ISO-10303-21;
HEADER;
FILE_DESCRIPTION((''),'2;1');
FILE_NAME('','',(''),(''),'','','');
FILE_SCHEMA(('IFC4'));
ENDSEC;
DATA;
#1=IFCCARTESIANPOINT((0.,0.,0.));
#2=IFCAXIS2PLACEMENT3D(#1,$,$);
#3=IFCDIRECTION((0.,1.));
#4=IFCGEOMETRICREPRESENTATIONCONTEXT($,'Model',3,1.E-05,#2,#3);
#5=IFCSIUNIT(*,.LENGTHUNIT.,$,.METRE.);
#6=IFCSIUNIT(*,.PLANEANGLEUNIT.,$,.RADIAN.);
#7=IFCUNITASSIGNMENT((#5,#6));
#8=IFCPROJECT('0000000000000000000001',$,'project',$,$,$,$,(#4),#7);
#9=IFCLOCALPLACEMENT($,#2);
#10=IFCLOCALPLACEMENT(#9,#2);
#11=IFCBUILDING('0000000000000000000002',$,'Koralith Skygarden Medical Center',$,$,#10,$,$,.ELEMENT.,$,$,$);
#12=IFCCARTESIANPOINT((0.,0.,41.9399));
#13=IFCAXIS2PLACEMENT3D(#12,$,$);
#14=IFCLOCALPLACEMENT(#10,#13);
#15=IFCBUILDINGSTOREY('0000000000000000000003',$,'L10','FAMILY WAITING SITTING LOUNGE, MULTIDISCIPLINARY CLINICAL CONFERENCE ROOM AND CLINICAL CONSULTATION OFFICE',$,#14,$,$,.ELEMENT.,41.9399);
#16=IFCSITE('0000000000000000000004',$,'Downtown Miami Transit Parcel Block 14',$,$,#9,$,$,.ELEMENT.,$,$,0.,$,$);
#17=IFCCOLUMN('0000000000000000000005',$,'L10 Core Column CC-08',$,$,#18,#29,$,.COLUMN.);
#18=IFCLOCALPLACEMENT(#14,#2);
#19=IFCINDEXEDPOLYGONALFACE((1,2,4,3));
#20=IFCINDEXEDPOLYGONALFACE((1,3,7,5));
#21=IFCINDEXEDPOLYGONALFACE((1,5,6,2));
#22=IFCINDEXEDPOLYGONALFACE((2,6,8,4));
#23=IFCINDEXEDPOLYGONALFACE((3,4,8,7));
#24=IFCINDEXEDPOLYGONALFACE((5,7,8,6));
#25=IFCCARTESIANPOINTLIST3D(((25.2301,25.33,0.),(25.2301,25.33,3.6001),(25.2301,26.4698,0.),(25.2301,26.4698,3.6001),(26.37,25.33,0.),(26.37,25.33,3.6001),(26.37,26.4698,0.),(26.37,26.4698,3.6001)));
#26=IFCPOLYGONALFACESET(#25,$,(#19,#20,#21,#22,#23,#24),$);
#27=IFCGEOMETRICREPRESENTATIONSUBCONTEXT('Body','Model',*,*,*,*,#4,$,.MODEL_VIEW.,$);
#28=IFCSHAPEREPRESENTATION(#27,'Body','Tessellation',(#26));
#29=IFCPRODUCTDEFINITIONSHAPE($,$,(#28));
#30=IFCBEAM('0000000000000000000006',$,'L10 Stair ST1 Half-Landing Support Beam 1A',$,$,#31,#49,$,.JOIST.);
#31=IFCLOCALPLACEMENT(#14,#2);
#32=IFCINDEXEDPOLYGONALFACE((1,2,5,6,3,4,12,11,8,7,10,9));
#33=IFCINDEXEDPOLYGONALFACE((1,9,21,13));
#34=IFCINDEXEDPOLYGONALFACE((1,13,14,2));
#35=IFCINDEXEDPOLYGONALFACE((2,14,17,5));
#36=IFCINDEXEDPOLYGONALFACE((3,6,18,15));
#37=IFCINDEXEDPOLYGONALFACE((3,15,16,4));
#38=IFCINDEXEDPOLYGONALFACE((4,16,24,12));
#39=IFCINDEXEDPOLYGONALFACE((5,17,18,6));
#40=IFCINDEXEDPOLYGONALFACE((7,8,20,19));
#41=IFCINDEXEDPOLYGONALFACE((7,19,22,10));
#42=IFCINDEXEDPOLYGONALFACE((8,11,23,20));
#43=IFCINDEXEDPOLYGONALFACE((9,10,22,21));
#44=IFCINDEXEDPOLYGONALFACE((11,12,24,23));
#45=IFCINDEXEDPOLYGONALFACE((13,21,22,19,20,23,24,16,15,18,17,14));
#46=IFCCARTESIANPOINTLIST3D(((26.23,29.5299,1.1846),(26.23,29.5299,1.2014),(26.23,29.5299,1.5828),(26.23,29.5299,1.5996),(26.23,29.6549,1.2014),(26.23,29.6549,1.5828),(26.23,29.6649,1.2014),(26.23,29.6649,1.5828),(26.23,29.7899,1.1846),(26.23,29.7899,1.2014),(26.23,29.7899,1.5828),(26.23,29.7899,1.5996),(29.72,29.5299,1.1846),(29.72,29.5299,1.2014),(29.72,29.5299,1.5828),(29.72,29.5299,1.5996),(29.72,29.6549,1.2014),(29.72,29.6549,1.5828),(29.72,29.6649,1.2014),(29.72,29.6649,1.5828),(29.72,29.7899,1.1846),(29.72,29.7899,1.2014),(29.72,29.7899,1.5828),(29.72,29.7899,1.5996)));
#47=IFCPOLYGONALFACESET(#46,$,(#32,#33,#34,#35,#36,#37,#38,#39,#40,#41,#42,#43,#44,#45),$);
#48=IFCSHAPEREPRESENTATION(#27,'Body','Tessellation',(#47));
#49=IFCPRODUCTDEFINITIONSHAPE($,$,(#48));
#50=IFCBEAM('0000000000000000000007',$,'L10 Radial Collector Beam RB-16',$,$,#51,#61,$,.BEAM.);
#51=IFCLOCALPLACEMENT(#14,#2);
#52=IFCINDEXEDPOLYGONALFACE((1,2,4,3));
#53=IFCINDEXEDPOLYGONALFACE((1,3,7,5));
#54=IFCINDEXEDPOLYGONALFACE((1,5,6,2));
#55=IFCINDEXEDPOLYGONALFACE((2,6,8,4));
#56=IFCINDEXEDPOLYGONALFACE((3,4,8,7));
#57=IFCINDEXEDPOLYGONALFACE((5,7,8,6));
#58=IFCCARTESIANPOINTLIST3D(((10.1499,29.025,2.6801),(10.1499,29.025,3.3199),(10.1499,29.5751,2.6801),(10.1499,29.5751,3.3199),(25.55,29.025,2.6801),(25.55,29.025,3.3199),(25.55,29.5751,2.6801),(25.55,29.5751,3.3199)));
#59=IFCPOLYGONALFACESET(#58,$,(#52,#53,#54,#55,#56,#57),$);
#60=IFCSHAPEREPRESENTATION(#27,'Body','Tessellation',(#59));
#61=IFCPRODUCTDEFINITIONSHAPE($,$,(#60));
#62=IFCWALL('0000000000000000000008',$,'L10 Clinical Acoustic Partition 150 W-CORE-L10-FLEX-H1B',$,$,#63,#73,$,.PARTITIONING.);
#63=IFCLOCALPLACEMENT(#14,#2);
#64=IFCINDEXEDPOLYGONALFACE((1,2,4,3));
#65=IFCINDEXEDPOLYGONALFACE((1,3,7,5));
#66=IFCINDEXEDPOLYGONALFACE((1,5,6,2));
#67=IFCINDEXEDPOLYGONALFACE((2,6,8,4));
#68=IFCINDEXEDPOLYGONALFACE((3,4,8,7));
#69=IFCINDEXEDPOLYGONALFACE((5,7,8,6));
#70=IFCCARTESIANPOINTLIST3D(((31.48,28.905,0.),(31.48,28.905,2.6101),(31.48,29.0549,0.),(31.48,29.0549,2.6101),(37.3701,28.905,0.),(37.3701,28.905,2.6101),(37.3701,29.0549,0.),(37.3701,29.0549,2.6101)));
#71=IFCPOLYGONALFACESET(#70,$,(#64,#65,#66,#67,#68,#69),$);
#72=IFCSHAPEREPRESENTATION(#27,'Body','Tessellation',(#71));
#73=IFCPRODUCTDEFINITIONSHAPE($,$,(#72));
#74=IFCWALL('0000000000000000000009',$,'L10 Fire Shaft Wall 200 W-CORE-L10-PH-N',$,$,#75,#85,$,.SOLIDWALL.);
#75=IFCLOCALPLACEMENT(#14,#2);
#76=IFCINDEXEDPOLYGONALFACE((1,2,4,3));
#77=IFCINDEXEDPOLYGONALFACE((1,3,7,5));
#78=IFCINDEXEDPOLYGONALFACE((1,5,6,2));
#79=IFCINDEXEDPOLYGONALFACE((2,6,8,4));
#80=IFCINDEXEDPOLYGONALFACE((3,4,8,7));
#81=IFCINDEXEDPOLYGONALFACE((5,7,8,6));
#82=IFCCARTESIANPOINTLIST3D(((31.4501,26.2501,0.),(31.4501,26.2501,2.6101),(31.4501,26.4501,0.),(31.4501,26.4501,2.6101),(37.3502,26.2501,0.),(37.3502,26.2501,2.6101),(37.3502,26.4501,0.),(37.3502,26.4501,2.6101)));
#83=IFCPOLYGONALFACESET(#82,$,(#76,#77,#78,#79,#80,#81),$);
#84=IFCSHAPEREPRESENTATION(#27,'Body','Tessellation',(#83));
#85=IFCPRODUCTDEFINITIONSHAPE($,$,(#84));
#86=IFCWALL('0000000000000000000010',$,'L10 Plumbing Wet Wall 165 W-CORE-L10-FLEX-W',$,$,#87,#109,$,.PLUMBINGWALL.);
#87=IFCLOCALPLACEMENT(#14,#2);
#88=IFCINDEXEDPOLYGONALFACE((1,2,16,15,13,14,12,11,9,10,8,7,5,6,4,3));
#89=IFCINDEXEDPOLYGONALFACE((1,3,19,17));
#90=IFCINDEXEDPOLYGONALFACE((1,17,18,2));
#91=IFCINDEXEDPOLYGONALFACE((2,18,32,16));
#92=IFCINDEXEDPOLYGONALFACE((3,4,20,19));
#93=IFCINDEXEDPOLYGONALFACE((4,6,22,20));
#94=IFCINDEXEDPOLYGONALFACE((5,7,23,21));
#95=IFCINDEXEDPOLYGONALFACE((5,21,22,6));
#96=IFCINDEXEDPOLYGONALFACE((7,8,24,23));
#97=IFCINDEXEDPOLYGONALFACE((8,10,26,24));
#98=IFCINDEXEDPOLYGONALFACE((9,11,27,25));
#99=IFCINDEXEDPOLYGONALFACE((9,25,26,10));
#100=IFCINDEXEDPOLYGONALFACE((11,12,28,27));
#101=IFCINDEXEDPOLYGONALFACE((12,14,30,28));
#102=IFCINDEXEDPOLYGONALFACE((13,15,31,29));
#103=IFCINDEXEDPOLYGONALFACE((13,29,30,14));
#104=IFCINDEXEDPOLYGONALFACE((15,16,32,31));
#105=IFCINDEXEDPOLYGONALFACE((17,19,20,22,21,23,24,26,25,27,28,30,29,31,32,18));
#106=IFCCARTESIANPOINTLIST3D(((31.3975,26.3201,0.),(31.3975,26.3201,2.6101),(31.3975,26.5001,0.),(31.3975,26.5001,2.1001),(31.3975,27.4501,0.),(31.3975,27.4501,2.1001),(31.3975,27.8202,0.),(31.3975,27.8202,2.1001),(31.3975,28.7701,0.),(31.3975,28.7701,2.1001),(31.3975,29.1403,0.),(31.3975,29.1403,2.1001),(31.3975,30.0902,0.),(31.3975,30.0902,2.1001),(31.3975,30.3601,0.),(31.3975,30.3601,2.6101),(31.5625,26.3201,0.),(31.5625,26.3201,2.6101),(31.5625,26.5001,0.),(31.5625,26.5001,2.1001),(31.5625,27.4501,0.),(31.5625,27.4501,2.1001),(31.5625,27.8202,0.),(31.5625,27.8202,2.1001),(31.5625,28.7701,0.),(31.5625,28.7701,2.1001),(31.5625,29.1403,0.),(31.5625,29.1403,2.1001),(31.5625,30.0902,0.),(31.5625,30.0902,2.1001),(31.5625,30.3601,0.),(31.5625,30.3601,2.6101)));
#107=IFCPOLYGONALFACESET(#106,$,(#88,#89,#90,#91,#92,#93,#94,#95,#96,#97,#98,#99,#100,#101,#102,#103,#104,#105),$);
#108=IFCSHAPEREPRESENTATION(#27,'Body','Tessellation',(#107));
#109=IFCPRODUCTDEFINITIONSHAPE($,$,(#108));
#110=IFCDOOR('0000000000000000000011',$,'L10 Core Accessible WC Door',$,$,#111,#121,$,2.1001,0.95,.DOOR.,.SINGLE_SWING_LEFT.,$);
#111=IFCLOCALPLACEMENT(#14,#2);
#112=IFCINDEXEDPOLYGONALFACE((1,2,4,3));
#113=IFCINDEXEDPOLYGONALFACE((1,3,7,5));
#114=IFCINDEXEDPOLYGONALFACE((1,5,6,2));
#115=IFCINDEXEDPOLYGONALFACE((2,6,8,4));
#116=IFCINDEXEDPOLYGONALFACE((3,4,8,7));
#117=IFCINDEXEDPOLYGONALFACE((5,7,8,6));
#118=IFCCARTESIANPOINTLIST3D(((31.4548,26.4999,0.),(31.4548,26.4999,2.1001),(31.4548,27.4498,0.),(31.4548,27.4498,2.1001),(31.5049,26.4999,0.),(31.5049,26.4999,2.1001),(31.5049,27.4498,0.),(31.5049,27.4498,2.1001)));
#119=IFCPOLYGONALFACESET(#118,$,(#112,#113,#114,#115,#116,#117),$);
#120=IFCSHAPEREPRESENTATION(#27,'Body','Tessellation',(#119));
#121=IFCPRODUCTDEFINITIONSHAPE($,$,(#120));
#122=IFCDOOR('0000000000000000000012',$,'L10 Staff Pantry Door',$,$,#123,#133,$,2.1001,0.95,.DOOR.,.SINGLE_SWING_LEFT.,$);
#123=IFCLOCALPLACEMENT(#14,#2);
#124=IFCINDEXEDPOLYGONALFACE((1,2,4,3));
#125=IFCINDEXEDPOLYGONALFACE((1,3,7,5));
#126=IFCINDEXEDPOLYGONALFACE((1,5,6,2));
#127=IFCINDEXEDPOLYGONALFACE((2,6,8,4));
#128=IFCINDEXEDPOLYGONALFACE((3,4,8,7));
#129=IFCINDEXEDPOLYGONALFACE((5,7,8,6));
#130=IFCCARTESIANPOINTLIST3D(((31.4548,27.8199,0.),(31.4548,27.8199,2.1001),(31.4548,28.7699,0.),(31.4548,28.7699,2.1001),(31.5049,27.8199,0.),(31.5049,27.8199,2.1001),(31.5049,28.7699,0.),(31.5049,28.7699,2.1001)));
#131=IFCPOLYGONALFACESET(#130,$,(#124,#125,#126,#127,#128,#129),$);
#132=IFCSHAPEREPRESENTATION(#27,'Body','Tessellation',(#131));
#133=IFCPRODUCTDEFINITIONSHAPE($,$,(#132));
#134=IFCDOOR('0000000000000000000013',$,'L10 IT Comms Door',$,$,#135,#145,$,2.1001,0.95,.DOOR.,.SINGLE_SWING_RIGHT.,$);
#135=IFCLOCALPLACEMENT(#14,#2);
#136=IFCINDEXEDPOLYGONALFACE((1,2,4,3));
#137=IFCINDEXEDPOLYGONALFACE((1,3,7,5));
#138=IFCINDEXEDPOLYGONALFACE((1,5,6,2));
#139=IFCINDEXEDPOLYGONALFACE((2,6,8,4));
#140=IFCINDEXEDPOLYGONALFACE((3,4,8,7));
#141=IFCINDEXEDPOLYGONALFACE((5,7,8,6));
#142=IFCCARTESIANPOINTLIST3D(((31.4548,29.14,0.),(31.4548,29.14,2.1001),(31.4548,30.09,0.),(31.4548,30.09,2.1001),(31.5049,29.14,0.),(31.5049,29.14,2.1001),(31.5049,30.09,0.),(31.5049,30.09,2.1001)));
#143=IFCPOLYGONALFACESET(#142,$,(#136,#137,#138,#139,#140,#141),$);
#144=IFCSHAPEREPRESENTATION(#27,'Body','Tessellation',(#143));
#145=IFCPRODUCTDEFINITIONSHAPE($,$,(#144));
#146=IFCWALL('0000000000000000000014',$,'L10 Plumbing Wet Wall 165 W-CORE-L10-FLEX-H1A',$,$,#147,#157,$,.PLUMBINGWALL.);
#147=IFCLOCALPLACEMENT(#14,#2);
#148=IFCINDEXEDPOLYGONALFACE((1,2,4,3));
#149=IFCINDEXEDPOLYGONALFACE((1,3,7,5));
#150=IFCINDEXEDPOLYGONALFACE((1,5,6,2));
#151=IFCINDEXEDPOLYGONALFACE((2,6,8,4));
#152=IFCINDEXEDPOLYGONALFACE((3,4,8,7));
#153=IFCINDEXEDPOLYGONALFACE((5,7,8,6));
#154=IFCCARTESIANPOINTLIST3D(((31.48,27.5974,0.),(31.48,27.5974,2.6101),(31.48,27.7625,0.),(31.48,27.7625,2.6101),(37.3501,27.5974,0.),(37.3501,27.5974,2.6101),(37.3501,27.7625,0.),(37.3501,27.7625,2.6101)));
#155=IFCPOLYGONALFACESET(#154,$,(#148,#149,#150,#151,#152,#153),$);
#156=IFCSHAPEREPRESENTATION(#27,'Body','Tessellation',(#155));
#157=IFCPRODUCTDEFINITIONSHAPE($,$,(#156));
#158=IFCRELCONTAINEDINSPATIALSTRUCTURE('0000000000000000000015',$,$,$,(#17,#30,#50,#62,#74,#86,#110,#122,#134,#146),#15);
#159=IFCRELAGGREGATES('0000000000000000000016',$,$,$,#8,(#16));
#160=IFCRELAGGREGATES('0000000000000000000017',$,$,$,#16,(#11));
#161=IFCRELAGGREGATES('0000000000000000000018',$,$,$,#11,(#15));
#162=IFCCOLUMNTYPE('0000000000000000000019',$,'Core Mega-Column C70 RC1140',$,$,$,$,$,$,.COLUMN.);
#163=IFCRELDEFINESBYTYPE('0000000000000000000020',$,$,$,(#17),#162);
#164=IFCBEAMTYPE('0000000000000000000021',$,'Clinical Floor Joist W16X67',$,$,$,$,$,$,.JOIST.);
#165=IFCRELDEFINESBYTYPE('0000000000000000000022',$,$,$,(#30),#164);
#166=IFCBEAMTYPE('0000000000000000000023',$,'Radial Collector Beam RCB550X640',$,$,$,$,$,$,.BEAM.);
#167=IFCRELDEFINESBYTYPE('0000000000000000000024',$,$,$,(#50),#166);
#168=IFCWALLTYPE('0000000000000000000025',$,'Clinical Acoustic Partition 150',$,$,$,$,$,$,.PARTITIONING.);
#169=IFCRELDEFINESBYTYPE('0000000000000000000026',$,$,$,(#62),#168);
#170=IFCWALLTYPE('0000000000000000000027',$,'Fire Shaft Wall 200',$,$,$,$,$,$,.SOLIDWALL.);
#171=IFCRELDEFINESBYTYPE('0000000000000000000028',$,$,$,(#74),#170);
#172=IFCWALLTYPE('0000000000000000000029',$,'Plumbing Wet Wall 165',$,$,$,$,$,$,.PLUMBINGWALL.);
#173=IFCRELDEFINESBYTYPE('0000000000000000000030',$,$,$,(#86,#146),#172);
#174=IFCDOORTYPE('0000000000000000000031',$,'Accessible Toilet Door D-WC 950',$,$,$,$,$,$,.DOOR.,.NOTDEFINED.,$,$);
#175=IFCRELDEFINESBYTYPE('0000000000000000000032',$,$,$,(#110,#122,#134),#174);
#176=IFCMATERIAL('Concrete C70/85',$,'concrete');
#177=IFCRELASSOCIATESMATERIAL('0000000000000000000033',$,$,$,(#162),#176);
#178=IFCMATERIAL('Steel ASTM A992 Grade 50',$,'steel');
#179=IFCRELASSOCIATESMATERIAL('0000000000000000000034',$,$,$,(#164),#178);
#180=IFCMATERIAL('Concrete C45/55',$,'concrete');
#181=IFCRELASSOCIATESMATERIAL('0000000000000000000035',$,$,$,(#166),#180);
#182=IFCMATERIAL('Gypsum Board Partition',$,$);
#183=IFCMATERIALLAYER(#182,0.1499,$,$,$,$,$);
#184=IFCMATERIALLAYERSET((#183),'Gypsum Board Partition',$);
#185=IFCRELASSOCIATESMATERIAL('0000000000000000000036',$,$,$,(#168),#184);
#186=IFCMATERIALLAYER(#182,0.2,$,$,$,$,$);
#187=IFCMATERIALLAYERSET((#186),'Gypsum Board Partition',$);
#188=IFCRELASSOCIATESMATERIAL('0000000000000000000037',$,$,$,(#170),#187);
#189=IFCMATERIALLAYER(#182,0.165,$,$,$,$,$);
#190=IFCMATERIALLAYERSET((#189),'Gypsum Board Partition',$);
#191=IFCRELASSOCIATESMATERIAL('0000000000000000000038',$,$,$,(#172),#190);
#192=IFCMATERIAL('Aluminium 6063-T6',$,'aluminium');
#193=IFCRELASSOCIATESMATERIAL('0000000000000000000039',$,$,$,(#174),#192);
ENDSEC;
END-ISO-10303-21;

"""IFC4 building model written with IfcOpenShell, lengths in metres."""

from ifc_helpers import new_model, si_unit, direction, frame, frame_2d, origin, origin_2d, place, context, subcontext, project, spatial, rectangle, i_section, extrude, material, layer, layer_set, material_profile, profile_set, type_object, element, fill, save


model = new_model("IFC4")

# Units and contexts
model_context = context("Model", 3, precision=1e-05, world=origin(), true_north=direction((0.0, 1.0)))
body_context = subcontext(model_context, "Body", "Model", "MODEL_VIEW")
ifc_project = project(units=[si_unit("LENGTHUNIT", "METRE"), si_unit("PLANEANGLEUNIT", "RADIAN")], contexts=[model_context])

# Site, building, storey
site_placement = place(None, origin())
site = spatial("IfcSite", under=ifc_project, at=site_placement, Name="Downtown Miami Transit Parcel Block 14", CompositionType="ELEMENT", RefElevation=0.0)
building_placement = place(site_placement, origin())
building = spatial("IfcBuilding", under=site, at=building_placement, Name="Koralith Skygarden Medical Center", CompositionType="ELEMENT")
storey_placement = place(building_placement, frame((0.0, 0.0, 41.9399)))
storey = spatial("IfcBuildingStorey", under=building, at=storey_placement, Name="L10", Description="FAMILY WAITING SITTING LOUNGE, MULTIDISCIPLINARY CLINICAL CONFERENCE ROOM AND CLINICAL CONSULTATION OFFICE", CompositionType="ELEMENT", Elevation=41.9399)

# Column
ifc_material_1 = material(Name="Concrete C70/85", Category="concrete")
ifc_material_profile_1 = material_profile(ifc_material_1, rectangle(XDim=1.1399, YDim=1.1399, at=origin_2d()), Name="RC1140X1140")
ifc_profile_set_1 = profile_set([ifc_material_profile_1], Name="Concrete C70/85")
column_type = type_object("IfcColumnType", Name="Core Mega-Column C70 RC1140", PredefinedType="COLUMN", material=ifc_profile_set_1)
column_placement = place(storey_placement, frame((25.8, 25.8999, 0.0), z_axis=(0.0, 0.0, 1.0), x_axis=(1.0, 0.0, 0.0)))
element("IfcColumn", 1, at=column_placement, inside=storey, type_object=column_type, Name="L10 Core Column CC-08", PredefinedType="COLUMN", context=body_context, shape_type="SweptSolid", body=[
    extrude(rectangle(XDim=1.1399, YDim=1.1399, at=origin_2d()), origin(), (0.0, 0.0, 1.0), 3.6001),
])

# Beams
ifc_material_2 = material(Name="Steel ASTM A992 Grade 50", Category="steel")
ifc_material_profile_2 = material_profile(ifc_material_2, i_section(OverallWidth=0.26, OverallDepth=0.415, WebThickness=0.01, FlangeThickness=0.0168, at=origin_2d()), Name="W16X67")
ifc_profile_set_2 = profile_set([ifc_material_profile_2], Name="Steel ASTM A992 Grade 50")
beam_type_1 = type_object("IfcBeamType", Name="Clinical Floor Joist W16X67", PredefinedType="JOIST", material=ifc_profile_set_2)
beam_1_placement = place(storey_placement, frame((26.23, 29.6599, 1.3921), z_axis=(1.0, 0.0, 0.0), x_axis=(0.0, 1.0, 0.0)))
element("IfcBeam", 2, at=beam_1_placement, inside=storey, type_object=beam_type_1, Name="L10 Stair ST1 Half-Landing Support Beam 1A", PredefinedType="JOIST", context=body_context, shape_type="SweptSolid", body=[
    extrude(i_section(OverallWidth=0.26, OverallDepth=0.415, WebThickness=0.01, FlangeThickness=0.0168, at=origin_2d()), origin(), (0.0, 0.0, 1.0), 3.49),
])
ifc_material_3 = material(Name="Concrete C45/55", Category="concrete")
ifc_material_profile_3 = material_profile(ifc_material_3, rectangle(XDim=0.55, YDim=0.6399, at=origin_2d()), Name="RCB550X640")
ifc_profile_set_3 = profile_set([ifc_material_profile_3], Name="Concrete C45/55")
beam_type_2 = type_object("IfcBeamType", Name="Radial Collector Beam RCB550X640", PredefinedType="BEAM", material=ifc_profile_set_3)
beam_2_placement = place(storey_placement, frame((25.55, 29.3, 3.0), z_axis=(-1.0, 0.0, 0.0), x_axis=(0.0, -1.0, 0.0)))
element("IfcBeam", 3, at=beam_2_placement, inside=storey, type_object=beam_type_2, Name="L10 Radial Collector Beam RB-16", PredefinedType="BEAM", context=body_context, shape_type="SweptSolid", body=[
    extrude(rectangle(XDim=0.55, YDim=0.6399, at=origin_2d()), origin(), (0.0, 0.0, 1.0), 15.4001),
])

# Walls
ifc_material_4 = material(Name="Gypsum Board Partition")
ifc_layer_1 = layer(ifc_material_4, 0.1499)
ifc_layer_set_1 = layer_set([ifc_layer_1], Name="Gypsum Board Partition")
wall_type_1 = type_object("IfcWallType", Name="Clinical Acoustic Partition 150", PredefinedType="PARTITIONING", material=ifc_layer_set_1)
wall_1_placement = place(storey_placement, frame((31.48, 28.98, 0.0), z_axis=(0.0, 0.0, 1.0), x_axis=(1.0, 0.0, 0.0)))
element("IfcWall", 4, at=wall_1_placement, inside=storey, type_object=wall_type_1, Name="L10 Clinical Acoustic Partition 150 W-CORE-L10-FLEX-H1B", PredefinedType="PARTITIONING", context=body_context, shape_type="SweptSolid", body=[
    extrude(rectangle(XDim=5.8901, YDim=0.1499, at=frame_2d((2.9451, 0.0))), origin(), (0.0, 0.0, 1.0), 2.6101),
])
ifc_layer_2 = layer(ifc_material_4, 0.2)
ifc_layer_set_2 = layer_set([ifc_layer_2], Name="Gypsum Board Partition")
wall_type_2 = type_object("IfcWallType", Name="Fire Shaft Wall 200", PredefinedType="SOLIDWALL", material=ifc_layer_set_2)
wall_2_placement = place(storey_placement, frame((31.45, 26.3501, 0.0), z_axis=(0.0, 0.0, 1.0), x_axis=(1.0, 0.0, 0.0)))
element("IfcWall", 5, at=wall_2_placement, inside=storey, type_object=wall_type_2, Name="L10 Fire Shaft Wall 200 W-CORE-L10-PH-N", PredefinedType="SOLIDWALL", context=body_context, shape_type="SweptSolid", body=[
    extrude(rectangle(XDim=5.9001, YDim=0.2, at=frame_2d((2.9502, 0.0))), origin(), (0.0, 0.0, 1.0), 2.6101),
])

# Wall, openings, doors
ifc_layer_3 = layer(ifc_material_4, 0.165)
ifc_layer_set_3 = layer_set([ifc_layer_3], Name="Gypsum Board Partition")
wall_type_3 = type_object("IfcWallType", Name="Plumbing Wet Wall 165", PredefinedType="PLUMBINGWALL", material=ifc_layer_set_3)
wall_3_placement = place(storey_placement, frame((31.48, 26.3201, 0.0), z_axis=(0.0, 0.0, 1.0), x_axis=(0.0, 1.0, 0.0)))
wall_3 = element("IfcWall", 6, at=wall_3_placement, inside=storey, type_object=wall_type_3, Name="L10 Plumbing Wet Wall 165 W-CORE-L10-FLEX-W", PredefinedType="PLUMBINGWALL", context=body_context, shape_type="SweptSolid", body=[
    extrude(rectangle(XDim=4.04, YDim=0.165, at=frame_2d((2.02, 0.0))), origin(), (0.0, 0.0, 1.0), 2.6101),
])
opening_1_placement = place(wall_3_placement, frame((0.1799, 0.0, 0.0)))
opening_1 = element("IfcOpeningElement", 7, at=opening_1_placement, cuts=wall_3, PredefinedType="OPENING", context=body_context, shape_type="SweptSolid", body=[
    extrude(rectangle(XDim=0.95, YDim=2.1001, at=frame_2d((0.4751, 1.05))), frame((0.0, 0.0925, 0.0), z_axis=(0.0, -1.0, 0.0), x_axis=(1.0, 0.0, 0.0)), (0.0, 0.0, 1.0), 0.1851),
])
opening_2_placement = place(wall_3_placement, frame((1.5, 0.0, 0.0)))
opening_2 = element("IfcOpeningElement", 8, at=opening_2_placement, cuts=wall_3, PredefinedType="OPENING", context=body_context, shape_type="SweptSolid", body=[
    extrude(rectangle(XDim=0.95, YDim=2.1001, at=frame_2d((0.4751, 1.05))), frame((0.0, 0.0925, 0.0), z_axis=(0.0, -1.0, 0.0), x_axis=(1.0, 0.0, 0.0)), (0.0, 0.0, 1.0), 0.1851),
])
opening_3_placement = place(wall_3_placement, frame((2.8201, 0.0, 0.0)))
opening_3 = element("IfcOpeningElement", 9, at=opening_3_placement, cuts=wall_3, PredefinedType="OPENING", context=body_context, shape_type="SweptSolid", body=[
    extrude(rectangle(XDim=0.95, YDim=2.1001, at=frame_2d((0.4751, 1.05))), frame((0.0, 0.0925, 0.0), z_axis=(0.0, -1.0, 0.0), x_axis=(1.0, 0.0, 0.0)), (0.0, 0.0, 1.0), 0.1851),
])
ifc_material_5 = material(Name="Aluminium 6063-T6", Category="aluminium")
door_type = type_object("IfcDoorType", Name="Accessible Toilet Door D-WC 950", OperationType="NOTDEFINED", PredefinedType="DOOR", material=ifc_material_5)
door_1_placement = place(opening_1_placement, frame((0.95, 0.0, 0.0), z_axis=(0.0, 0.0, 1.0), x_axis=(-1.0, 0.0, 0.0)))
door_1 = element("IfcDoor", 10, at=door_1_placement, inside=storey, type_object=door_type, Name="L10 Core Accessible WC Door", OperationType="SINGLE_SWING_LEFT", OverallHeight=2.1001, OverallWidth=0.95, PredefinedType="DOOR", context=body_context, shape_type="SweptSolid", body=[
    extrude(rectangle(XDim=0.95, YDim=2.1001, at=frame_2d((0.4751, 1.05))), frame((0.0, 0.0249, 0.0), z_axis=(0.0, -1.0, 0.0), x_axis=(1.0, 0.0, 0.0)), (0.0, 0.0, 1.0), 0.05),
])
fill(opening_1, door_1)
door_2_placement = place(opening_2_placement, frame((0.95, 0.0, 0.0), z_axis=(0.0, 0.0, 1.0), x_axis=(-1.0, 0.0, 0.0)))
door_2 = element("IfcDoor", 11, at=door_2_placement, inside=storey, type_object=door_type, Name="L10 Staff Pantry Door", OperationType="SINGLE_SWING_LEFT", OverallHeight=2.1001, OverallWidth=0.95, PredefinedType="DOOR", context=body_context, shape_type="SweptSolid", body=[
    extrude(rectangle(XDim=0.95, YDim=2.1001, at=frame_2d((0.4751, 1.05))), frame((0.0, 0.0249, 0.0), z_axis=(0.0, -1.0, 0.0), x_axis=(1.0, 0.0, 0.0)), (0.0, 0.0, 1.0), 0.05),
])
fill(opening_2, door_2)
door_3_placement = place(opening_3_placement, frame((0.95, 0.0, 0.0), z_axis=(0.0, 0.0, 1.0), x_axis=(-1.0, 0.0, 0.0)))
door_3 = element("IfcDoor", 12, at=door_3_placement, inside=storey, type_object=door_type, Name="L10 IT Comms Door", OperationType="SINGLE_SWING_RIGHT", OverallHeight=2.1001, OverallWidth=0.95, PredefinedType="DOOR", context=body_context, shape_type="SweptSolid", body=[
    extrude(rectangle(XDim=0.95, YDim=2.1001, at=frame_2d((0.4751, 1.05))), frame((0.0, 0.0249, 0.0), z_axis=(0.0, -1.0, 0.0), x_axis=(1.0, 0.0, 0.0)), (0.0, 0.0, 1.0), 0.05),
])
fill(opening_3, door_3)

# Wall
wall_4_placement = place(storey_placement, frame((31.48, 27.6799, 0.0), z_axis=(0.0, 0.0, 1.0), x_axis=(1.0, 0.0, 0.0)))
element("IfcWall", 13, at=wall_4_placement, inside=storey, type_object=wall_type_3, Name="L10 Plumbing Wet Wall 165 W-CORE-L10-FLEX-H1A", PredefinedType="PLUMBINGWALL", context=body_context, shape_type="SweptSolid", body=[
    extrude(rectangle(XDim=5.8701, YDim=0.165, at=frame_2d((2.9351, 0.0))), origin(), (0.0, 0.0, 1.0), 2.6101),
])

save(model, "model.ifc")
